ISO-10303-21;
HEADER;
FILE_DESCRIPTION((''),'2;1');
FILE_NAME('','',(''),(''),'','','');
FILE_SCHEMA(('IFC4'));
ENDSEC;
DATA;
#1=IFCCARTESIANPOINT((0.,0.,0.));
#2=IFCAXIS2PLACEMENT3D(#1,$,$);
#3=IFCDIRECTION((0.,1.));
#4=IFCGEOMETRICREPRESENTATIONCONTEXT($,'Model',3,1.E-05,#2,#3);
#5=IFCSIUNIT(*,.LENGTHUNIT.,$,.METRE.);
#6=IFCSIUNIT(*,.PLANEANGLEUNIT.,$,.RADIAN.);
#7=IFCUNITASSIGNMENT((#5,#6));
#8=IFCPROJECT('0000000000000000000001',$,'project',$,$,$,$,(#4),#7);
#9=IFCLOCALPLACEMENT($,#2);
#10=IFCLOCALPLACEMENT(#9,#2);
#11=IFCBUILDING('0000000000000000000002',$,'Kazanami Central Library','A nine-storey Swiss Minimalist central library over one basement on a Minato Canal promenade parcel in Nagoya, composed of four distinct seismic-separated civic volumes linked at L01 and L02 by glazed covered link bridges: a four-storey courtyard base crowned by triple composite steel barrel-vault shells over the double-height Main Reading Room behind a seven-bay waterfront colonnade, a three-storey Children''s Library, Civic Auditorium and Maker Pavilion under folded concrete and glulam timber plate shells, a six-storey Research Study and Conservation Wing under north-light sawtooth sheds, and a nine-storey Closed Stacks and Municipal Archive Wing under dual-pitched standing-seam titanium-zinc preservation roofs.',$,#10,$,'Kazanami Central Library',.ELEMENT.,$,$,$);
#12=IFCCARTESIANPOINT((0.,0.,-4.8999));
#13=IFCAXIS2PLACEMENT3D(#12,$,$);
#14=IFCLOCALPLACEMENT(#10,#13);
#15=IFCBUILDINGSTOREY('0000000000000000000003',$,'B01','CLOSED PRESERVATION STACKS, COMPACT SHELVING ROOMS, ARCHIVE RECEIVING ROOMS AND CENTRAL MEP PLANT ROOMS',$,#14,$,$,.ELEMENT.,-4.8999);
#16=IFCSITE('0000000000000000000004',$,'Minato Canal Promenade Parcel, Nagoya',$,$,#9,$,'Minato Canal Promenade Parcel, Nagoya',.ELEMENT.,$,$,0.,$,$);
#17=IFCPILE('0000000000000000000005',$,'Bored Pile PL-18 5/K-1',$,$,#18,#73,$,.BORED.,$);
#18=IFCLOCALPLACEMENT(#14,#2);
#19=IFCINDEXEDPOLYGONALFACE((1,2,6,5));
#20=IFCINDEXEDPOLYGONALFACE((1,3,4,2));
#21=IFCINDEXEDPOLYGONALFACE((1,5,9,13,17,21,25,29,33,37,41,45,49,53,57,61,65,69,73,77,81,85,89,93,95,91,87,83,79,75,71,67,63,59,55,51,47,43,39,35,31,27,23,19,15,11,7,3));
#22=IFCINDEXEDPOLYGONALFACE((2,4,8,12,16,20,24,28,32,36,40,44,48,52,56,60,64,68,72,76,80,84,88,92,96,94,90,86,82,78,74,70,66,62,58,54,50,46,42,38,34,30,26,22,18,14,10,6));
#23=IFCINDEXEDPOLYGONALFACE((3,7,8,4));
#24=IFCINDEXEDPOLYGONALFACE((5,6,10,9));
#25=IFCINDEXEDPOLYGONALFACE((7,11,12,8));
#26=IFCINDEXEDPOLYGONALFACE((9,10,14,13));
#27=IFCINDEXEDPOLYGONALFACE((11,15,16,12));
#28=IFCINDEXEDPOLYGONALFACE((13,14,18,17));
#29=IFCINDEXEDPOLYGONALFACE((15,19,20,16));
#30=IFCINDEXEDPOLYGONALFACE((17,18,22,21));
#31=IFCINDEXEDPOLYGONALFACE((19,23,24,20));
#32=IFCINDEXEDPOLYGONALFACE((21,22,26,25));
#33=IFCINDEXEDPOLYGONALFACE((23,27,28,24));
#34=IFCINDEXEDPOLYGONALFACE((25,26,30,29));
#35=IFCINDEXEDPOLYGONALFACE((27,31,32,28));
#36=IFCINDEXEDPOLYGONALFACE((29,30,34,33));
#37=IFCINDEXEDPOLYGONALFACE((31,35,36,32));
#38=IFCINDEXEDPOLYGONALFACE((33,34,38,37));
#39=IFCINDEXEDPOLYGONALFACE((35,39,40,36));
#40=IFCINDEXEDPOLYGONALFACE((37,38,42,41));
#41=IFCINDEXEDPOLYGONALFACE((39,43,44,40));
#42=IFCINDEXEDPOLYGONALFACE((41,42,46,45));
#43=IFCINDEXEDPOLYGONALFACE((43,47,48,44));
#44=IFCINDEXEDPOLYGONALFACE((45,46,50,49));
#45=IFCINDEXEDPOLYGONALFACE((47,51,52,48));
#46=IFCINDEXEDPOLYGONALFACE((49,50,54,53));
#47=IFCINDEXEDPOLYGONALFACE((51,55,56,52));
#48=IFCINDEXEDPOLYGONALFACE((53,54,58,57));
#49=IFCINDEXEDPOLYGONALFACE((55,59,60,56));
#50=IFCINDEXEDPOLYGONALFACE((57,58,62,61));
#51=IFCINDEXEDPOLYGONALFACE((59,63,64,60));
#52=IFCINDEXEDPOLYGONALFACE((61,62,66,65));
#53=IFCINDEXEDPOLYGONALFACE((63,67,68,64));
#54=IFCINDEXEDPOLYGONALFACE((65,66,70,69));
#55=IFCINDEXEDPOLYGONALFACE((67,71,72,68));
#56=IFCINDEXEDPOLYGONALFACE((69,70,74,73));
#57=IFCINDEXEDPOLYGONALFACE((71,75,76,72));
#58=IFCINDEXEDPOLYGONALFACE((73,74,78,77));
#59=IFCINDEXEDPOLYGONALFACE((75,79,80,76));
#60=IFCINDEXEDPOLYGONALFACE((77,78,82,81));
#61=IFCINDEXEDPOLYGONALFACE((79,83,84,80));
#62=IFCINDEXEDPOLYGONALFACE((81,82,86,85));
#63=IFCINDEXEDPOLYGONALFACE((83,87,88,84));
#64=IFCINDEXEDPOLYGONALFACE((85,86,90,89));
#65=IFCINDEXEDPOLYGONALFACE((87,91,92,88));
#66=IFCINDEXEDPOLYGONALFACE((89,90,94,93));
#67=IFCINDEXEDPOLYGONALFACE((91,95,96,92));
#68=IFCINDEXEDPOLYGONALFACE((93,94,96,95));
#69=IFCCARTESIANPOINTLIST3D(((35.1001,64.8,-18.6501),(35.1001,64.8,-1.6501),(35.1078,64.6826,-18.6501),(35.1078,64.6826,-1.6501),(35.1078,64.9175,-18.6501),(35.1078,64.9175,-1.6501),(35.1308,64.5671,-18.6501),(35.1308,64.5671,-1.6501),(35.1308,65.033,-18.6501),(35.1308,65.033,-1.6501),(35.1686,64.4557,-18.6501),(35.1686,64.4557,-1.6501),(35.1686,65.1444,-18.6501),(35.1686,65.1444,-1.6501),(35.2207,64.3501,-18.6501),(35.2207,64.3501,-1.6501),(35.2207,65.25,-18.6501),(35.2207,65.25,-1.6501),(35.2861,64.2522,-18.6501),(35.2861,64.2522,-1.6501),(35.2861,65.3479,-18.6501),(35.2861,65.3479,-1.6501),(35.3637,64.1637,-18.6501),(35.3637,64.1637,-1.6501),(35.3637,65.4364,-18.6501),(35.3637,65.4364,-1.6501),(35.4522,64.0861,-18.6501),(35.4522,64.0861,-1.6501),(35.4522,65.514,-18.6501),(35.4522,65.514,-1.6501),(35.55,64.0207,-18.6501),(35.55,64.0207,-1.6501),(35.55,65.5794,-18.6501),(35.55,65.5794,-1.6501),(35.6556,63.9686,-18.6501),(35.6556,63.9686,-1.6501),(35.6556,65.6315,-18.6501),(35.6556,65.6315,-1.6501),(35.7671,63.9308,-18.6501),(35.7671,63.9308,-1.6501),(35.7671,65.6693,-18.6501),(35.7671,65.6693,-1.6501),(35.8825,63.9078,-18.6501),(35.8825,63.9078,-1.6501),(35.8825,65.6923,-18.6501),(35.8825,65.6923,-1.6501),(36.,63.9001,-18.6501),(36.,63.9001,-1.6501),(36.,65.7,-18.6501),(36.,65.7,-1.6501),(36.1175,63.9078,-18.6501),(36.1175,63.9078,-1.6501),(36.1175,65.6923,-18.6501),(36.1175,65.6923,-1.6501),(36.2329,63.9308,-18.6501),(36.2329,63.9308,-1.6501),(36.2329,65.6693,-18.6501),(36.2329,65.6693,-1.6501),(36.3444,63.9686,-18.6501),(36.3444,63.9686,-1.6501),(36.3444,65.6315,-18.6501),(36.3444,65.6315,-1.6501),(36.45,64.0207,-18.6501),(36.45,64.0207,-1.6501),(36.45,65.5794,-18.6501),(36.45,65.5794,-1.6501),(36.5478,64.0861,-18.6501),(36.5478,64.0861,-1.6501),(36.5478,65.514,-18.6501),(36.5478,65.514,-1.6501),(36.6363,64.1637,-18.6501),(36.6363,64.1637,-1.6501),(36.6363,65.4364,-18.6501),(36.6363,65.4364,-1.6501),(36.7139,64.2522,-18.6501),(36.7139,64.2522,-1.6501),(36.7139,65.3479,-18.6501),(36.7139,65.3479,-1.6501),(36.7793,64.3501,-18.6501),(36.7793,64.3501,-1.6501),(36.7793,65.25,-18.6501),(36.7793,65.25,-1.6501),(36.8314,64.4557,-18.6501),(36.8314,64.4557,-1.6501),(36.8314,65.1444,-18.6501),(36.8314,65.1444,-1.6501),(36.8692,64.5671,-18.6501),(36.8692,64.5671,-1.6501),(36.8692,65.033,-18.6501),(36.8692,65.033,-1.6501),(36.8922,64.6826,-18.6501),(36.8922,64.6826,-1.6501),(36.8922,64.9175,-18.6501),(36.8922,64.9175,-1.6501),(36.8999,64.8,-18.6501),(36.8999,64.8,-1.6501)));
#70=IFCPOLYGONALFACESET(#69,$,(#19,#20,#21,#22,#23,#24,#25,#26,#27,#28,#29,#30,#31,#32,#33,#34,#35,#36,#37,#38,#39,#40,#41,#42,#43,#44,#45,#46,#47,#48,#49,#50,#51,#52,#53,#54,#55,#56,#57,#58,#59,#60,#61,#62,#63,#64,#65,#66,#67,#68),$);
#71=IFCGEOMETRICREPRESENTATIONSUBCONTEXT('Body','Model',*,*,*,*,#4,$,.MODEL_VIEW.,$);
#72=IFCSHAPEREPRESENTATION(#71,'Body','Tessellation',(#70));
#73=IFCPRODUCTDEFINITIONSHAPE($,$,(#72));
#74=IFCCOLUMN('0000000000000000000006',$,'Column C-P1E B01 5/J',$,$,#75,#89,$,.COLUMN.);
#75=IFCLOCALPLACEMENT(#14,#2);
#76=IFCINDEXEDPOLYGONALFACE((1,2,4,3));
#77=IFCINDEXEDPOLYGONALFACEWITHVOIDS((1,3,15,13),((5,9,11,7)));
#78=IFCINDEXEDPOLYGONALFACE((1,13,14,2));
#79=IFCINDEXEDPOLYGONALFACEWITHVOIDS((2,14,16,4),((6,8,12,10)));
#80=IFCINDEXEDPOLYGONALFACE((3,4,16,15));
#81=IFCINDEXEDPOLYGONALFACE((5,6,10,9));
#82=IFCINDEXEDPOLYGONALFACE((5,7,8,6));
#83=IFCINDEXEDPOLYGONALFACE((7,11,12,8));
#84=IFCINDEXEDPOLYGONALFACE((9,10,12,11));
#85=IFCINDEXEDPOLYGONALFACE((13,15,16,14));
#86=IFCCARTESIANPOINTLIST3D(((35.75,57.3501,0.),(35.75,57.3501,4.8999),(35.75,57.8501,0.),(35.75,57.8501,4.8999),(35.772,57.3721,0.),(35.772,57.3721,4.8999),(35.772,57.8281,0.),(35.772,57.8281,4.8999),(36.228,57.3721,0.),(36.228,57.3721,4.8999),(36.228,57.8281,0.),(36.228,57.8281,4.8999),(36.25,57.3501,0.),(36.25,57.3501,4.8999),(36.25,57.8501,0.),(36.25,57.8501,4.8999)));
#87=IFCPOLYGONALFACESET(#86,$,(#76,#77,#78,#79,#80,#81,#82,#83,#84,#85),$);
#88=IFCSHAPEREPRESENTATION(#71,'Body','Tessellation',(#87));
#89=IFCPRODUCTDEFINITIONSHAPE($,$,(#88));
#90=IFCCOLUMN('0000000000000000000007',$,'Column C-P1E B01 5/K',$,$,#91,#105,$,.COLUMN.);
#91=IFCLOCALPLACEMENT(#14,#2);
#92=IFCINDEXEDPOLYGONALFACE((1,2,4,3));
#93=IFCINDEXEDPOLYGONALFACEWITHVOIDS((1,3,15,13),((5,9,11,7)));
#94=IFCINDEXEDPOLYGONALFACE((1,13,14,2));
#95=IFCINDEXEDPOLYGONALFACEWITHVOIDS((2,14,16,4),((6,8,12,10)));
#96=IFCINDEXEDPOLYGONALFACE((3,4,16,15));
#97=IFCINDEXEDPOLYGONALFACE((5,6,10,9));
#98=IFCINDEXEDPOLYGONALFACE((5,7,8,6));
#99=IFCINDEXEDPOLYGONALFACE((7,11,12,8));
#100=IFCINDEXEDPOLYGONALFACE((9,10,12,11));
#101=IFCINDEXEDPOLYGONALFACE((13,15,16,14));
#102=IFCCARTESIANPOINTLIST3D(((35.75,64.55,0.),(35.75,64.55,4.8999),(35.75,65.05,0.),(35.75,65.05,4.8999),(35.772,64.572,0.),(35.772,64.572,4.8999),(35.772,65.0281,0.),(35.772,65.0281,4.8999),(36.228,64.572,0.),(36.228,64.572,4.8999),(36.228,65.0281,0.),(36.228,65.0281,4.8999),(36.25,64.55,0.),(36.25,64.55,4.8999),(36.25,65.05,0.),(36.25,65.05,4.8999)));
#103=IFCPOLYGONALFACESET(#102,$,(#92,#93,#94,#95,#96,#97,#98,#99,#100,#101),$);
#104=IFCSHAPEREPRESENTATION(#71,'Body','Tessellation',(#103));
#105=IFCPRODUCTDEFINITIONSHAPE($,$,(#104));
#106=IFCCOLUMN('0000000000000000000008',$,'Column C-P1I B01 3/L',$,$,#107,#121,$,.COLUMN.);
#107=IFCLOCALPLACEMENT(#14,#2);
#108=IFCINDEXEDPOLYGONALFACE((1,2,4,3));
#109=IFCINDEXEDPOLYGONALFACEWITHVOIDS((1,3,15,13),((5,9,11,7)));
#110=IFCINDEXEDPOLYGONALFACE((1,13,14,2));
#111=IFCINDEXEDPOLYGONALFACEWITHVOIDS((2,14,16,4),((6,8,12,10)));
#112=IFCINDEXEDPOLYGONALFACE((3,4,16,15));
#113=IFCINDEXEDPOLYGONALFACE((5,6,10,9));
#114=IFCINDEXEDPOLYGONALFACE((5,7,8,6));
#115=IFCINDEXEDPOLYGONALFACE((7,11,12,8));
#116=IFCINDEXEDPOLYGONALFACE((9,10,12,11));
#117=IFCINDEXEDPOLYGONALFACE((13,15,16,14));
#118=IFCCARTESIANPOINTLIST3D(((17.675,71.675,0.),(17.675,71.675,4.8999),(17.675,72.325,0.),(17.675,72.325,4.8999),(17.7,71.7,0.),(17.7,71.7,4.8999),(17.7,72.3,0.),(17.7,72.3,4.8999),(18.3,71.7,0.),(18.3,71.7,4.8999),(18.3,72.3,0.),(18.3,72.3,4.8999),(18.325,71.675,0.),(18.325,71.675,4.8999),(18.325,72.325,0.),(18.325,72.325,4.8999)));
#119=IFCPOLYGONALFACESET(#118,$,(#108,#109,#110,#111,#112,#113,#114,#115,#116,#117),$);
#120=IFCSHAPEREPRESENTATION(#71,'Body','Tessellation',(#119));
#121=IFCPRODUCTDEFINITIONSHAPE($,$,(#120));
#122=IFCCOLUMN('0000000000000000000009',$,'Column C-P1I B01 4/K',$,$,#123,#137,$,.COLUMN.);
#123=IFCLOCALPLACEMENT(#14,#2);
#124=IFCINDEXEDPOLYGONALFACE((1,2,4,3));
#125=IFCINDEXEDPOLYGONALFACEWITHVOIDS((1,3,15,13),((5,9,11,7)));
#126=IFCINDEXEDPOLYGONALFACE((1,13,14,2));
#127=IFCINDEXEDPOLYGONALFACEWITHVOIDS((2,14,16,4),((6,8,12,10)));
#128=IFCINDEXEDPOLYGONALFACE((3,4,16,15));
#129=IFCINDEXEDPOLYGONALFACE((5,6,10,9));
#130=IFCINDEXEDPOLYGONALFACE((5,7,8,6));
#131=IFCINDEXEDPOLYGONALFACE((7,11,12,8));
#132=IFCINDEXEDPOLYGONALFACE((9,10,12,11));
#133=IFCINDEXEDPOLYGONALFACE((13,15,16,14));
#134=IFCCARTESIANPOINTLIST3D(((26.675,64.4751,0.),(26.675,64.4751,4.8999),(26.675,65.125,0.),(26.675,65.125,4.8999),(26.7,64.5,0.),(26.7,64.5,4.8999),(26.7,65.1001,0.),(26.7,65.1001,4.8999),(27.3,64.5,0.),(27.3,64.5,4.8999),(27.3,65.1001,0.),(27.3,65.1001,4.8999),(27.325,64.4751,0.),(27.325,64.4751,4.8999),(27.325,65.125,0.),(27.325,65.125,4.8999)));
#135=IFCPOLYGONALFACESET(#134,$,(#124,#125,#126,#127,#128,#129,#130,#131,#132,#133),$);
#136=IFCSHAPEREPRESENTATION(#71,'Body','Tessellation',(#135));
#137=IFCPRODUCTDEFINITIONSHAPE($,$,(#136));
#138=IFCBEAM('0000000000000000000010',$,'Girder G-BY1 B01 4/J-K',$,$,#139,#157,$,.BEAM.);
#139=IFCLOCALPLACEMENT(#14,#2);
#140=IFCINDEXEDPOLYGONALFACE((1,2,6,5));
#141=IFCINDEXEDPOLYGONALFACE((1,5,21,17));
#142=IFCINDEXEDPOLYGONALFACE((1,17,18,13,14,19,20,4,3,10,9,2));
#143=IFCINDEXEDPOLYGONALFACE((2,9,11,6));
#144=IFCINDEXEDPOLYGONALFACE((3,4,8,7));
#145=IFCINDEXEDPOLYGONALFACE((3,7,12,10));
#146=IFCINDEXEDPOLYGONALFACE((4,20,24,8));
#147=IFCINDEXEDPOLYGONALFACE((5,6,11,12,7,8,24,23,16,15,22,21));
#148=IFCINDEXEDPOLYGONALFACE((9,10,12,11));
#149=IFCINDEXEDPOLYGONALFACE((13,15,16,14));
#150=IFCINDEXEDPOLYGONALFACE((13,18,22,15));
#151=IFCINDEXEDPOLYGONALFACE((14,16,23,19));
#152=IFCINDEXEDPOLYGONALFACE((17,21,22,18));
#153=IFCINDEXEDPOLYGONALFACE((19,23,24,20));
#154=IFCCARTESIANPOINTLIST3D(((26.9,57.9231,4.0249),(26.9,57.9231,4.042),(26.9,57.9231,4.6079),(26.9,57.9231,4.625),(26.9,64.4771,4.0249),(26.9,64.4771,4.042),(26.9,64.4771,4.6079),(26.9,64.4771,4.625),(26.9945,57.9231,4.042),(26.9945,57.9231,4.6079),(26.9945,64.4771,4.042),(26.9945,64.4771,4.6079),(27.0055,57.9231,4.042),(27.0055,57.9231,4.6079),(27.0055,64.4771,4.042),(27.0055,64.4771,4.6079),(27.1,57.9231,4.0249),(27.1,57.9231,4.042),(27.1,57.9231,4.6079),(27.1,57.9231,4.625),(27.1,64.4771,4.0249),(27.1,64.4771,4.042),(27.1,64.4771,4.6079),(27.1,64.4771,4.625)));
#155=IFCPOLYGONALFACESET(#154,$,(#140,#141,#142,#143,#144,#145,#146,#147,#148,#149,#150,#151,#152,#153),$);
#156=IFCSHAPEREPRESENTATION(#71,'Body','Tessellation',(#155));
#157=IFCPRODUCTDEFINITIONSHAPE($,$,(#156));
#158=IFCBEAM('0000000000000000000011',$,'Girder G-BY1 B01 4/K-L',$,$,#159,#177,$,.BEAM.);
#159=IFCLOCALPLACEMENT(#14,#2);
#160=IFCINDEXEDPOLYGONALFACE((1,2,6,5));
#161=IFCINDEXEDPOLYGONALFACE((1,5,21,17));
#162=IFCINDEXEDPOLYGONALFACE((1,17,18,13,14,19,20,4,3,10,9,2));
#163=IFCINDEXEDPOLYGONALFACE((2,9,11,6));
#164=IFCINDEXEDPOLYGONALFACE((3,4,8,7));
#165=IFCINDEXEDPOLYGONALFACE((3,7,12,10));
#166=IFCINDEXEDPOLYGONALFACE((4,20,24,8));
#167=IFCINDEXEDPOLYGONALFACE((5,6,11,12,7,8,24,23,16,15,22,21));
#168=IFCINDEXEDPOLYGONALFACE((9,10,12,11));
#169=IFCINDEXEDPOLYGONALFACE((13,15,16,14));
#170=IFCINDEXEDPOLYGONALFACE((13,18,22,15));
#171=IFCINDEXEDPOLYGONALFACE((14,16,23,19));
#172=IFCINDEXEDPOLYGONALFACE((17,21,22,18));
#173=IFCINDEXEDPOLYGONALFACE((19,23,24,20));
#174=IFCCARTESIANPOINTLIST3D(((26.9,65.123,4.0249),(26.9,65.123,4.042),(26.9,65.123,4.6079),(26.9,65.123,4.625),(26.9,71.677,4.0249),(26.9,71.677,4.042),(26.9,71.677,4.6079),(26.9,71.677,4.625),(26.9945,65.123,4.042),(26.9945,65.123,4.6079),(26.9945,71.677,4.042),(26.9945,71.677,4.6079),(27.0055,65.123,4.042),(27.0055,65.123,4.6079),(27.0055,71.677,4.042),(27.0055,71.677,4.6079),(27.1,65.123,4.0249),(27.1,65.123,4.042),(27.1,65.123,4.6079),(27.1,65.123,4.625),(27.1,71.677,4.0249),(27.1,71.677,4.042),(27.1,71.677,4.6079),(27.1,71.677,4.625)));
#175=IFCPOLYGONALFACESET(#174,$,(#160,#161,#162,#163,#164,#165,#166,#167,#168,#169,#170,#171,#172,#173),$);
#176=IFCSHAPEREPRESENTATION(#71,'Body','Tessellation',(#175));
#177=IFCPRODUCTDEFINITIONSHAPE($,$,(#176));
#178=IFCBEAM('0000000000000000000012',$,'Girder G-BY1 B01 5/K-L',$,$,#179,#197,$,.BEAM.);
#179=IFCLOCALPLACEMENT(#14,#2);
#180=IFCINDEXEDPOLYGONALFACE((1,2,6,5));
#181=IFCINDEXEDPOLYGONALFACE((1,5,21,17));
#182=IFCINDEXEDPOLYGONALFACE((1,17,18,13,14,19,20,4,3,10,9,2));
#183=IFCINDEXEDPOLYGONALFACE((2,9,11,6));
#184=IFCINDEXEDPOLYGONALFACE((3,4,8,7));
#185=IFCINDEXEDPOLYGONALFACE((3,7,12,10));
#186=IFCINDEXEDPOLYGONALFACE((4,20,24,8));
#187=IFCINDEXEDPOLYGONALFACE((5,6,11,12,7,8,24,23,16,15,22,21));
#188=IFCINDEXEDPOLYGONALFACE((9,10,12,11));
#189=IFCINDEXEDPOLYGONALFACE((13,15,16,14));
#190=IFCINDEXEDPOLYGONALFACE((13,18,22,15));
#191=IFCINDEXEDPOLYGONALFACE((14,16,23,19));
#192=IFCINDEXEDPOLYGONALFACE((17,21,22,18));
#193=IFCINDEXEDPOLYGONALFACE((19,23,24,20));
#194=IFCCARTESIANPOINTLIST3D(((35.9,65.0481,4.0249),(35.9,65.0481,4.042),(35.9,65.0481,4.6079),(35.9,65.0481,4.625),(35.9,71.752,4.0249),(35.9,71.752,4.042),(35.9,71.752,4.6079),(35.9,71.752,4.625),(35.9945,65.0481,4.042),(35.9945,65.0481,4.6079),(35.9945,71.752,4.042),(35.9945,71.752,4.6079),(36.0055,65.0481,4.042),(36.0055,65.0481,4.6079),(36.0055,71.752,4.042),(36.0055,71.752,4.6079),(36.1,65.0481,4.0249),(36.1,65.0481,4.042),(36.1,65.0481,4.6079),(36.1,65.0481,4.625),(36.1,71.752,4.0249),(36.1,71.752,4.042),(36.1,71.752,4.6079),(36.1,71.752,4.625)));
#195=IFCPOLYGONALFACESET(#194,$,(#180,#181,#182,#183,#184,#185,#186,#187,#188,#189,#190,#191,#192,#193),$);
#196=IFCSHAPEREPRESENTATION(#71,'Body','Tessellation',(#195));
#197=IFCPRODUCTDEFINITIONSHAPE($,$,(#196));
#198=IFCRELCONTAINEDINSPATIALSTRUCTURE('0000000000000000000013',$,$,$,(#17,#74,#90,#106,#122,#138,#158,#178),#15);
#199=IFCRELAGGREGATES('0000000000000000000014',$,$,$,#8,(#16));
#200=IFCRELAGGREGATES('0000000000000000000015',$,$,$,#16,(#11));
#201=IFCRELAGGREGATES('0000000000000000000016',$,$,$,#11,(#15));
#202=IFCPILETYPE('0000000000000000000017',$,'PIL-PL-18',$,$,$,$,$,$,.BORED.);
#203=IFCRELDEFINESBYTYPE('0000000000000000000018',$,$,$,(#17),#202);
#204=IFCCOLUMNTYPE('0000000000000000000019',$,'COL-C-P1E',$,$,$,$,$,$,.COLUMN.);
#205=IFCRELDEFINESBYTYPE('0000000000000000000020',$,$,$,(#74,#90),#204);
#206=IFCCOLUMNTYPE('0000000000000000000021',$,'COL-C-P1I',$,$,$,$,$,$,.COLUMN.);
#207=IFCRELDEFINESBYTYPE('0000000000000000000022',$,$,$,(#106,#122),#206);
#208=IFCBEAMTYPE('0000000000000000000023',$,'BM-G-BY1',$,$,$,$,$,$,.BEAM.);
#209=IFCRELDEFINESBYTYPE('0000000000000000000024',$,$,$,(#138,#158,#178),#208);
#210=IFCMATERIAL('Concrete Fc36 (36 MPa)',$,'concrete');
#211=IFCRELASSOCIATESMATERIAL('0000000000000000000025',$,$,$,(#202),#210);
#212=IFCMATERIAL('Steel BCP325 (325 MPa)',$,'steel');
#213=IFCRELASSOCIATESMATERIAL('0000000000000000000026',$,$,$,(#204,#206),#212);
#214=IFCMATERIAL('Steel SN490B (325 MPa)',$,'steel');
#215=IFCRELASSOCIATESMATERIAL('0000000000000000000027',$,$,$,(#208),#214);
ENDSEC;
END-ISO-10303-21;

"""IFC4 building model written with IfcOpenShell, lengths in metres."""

from ifc_helpers import new_model, si_unit, direction, frame, origin, origin_2d, place, context, subcontext, project, spatial, hollow_rectangle, circle, i_section, extrude, material, material_profile, profile_set, type_object, element, save


model = new_model("IFC4")

# Units and contexts
model_context = context("Model", 3, precision=1e-05, world=origin(), true_north=direction((0.0, 1.0)))
body_context = subcontext(model_context, "Body", "Model", "MODEL_VIEW")
ifc_project = project(units=[si_unit("LENGTHUNIT", "METRE"), si_unit("PLANEANGLEUNIT", "RADIAN")], contexts=[model_context])

# Site, building, storey
site_placement = place(None, origin())
site = spatial("IfcSite", under=ifc_project, at=site_placement, Name="Minato Canal Promenade Parcel, Nagoya", LongName="Minato Canal Promenade Parcel, Nagoya", CompositionType="ELEMENT", RefElevation=0.0)
building_placement = place(site_placement, origin())
building = spatial("IfcBuilding", under=site, at=building_placement, Name="Kazanami Central Library", Description="A nine-storey Swiss Minimalist central library over one basement on a Minato Canal promenade parcel in Nagoya, composed of four distinct seismic-separated civic volumes linked at L01 and L02 by glazed covered link bridges: a four-storey courtyard base crowned by triple composite steel barrel-vault shells over the double-height Main Reading Room behind a seven-bay waterfront colonnade, a three-storey Children's Library, Civic Auditorium and Maker Pavilion under folded concrete and glulam timber plate shells, a six-storey Research Study and Conservation Wing under north-light sawtooth sheds, and a nine-storey Closed Stacks and Municipal Archive Wing under dual-pitched standing-seam titanium-zinc preservation roofs.", LongName="Kazanami Central Library", CompositionType="ELEMENT")
storey_placement = place(building_placement, frame((0.0, 0.0, -4.8999)))
storey = spatial("IfcBuildingStorey", under=building, at=storey_placement, Name="B01", Description="CLOSED PRESERVATION STACKS, COMPACT SHELVING ROOMS, ARCHIVE RECEIVING ROOMS AND CENTRAL MEP PLANT ROOMS", CompositionType="ELEMENT", Elevation=-4.8999)

# Shared definitions
ifc_material_1 = material(Name="Concrete Fc36 (36 MPa)", Category="concrete")

# Pile
ifc_material_profile_1 = material_profile(ifc_material_1, circle(Radius=0.8999, at=origin_2d()), Name="BORED-D1800")
ifc_profile_set_1 = profile_set([ifc_material_profile_1], Name="Concrete Fc36 (36 MPa)")
pile_type_1 = type_object("IfcPileType", Name="PIL-PL-18", PredefinedType="BORED", material=ifc_profile_set_1)
pile_1_placement = place(storey_placement, frame((36.0, 64.8, -1.6501), z_axis=(0.0, 0.0, -1.0), x_axis=(1.0, 0.0, 0.0)))
element("IfcPile", 1, at=pile_1_placement, inside=storey, type_object=pile_type_1, Name="Bored Pile PL-18 5/K-1", PredefinedType="BORED", context=body_context, shape_type="SweptSolid", body=[
    extrude(circle(Radius=0.8999, at=origin_2d()), origin(), (0.0, 0.0, 1.0), 17.0),
])

# Columns
ifc_material_2 = material(Name="Steel BCP325 (325 MPa)", Category="steel")
ifc_material_profile_2 = material_profile(ifc_material_2, hollow_rectangle(XDim=0.5, YDim=0.5, WallThickness=0.022, at=origin_2d()), Name="BCP-500x500x22")
ifc_profile_set_2 = profile_set([ifc_material_profile_2], Name="Steel BCP325 (325 MPa)")
column_type_1 = type_object("IfcColumnType", Name="COL-C-P1E", PredefinedType="COLUMN", material=ifc_profile_set_2)
for number, where, z_axis, x_axis, name in (
    (2, (36.0, 57.6001, 0.0), (0.0, 0.0, 1.0), (1.0, 0.0, 0.0), "Column C-P1E B01 5/J"),
    (3, (36.0, 64.8, 0.0), (0.0, 0.0, 1.0), (1.0, 0.0, 0.0), "Column C-P1E B01 5/K"),
):
    element("IfcColumn", number, at=place(storey_placement, frame(where, z_axis=z_axis, x_axis=x_axis)), inside=storey, type_object=column_type_1, Name=name, PredefinedType="COLUMN", context=body_context, shape_type="SweptSolid", body=[
        extrude(hollow_rectangle(XDim=0.5, YDim=0.5, WallThickness=0.022, at=origin_2d()), origin(), (0.0, 0.0, 1.0), 4.8999),
    ])
ifc_material_profile_3 = material_profile(ifc_material_2, hollow_rectangle(XDim=0.6499, YDim=0.6499, WallThickness=0.0249, at=origin_2d()), Name="BCP-650x650x25")
ifc_profile_set_3 = profile_set([ifc_material_profile_3], Name="Steel BCP325 (325 MPa)")
column_type_2 = type_object("IfcColumnType", Name="COL-C-P1I", PredefinedType="COLUMN", material=ifc_profile_set_3)
for number, where, z_axis, x_axis, name in (
    (4, (18.0, 72.0, 0.0), (0.0, 0.0, 1.0), (1.0, 0.0, 0.0), "Column C-P1I B01 3/L"),
    (5, (27.0, 64.8, 0.0), (0.0, 0.0, 1.0), (1.0, 0.0, 0.0), "Column C-P1I B01 4/K"),
):
    element("IfcColumn", number, at=place(storey_placement, frame(where, z_axis=z_axis, x_axis=x_axis)), inside=storey, type_object=column_type_2, Name=name, PredefinedType="COLUMN", context=body_context, shape_type="SweptSolid", body=[
        extrude(hollow_rectangle(XDim=0.6499, YDim=0.6499, WallThickness=0.0249, at=origin_2d()), origin(), (0.0, 0.0, 1.0), 4.8999),
    ])

# Beams
ifc_material_3 = material(Name="Steel SN490B (325 MPa)", Category="steel")
ifc_material_profile_4 = material_profile(ifc_material_3, i_section(OverallWidth=0.2, OverallDepth=0.6001, WebThickness=0.011, FlangeThickness=0.0171, at=origin_2d()), Name="H-600x200x11x17")
ifc_profile_set_4 = profile_set([ifc_material_profile_4], Name="Steel SN490B (325 MPa)")
beam_type_1 = type_object("IfcBeamType", Name="BM-G-BY1", PredefinedType="BEAM", material=ifc_profile_set_4)
for number, where, z_axis, x_axis, name in (
    (6, (27.0, 57.9231, 4.325), (0.0, 1.0, 0.0), (-1.0, 0.0, 0.0), "Girder G-BY1 B01 4/J-K"),
    (7, (27.0, 65.123, 4.325), (0.0, 1.0, 0.0), (-1.0, 0.0, 0.0), "Girder G-BY1 B01 4/K-L"),
):
    element("IfcBeam", number, at=place(storey_placement, frame(where, z_axis=z_axis, x_axis=x_axis)), inside=storey, type_object=beam_type_1, Name=name, PredefinedType="BEAM", context=body_context, shape_type="SweptSolid", body=[
        extrude(i_section(OverallWidth=0.2, OverallDepth=0.6001, WebThickness=0.011, FlangeThickness=0.0171, at=origin_2d()), origin(), (0.0, 0.0, 1.0), 6.554),
    ])
beam_1_placement = place(storey_placement, frame((36.0, 65.0481, 4.325), z_axis=(0.0, 1.0, 0.0), x_axis=(-1.0, 0.0, 0.0)))
element("IfcBeam", 8, at=beam_1_placement, inside=storey, type_object=beam_type_1, Name="Girder G-BY1 B01 5/K-L", PredefinedType="BEAM", context=body_context, shape_type="SweptSolid", body=[
    extrude(i_section(OverallWidth=0.2, OverallDepth=0.6001, WebThickness=0.011, FlangeThickness=0.0171, at=origin_2d()), origin(), (0.0, 0.0, 1.0), 6.7039),
])

save(model, "model.ifc")
